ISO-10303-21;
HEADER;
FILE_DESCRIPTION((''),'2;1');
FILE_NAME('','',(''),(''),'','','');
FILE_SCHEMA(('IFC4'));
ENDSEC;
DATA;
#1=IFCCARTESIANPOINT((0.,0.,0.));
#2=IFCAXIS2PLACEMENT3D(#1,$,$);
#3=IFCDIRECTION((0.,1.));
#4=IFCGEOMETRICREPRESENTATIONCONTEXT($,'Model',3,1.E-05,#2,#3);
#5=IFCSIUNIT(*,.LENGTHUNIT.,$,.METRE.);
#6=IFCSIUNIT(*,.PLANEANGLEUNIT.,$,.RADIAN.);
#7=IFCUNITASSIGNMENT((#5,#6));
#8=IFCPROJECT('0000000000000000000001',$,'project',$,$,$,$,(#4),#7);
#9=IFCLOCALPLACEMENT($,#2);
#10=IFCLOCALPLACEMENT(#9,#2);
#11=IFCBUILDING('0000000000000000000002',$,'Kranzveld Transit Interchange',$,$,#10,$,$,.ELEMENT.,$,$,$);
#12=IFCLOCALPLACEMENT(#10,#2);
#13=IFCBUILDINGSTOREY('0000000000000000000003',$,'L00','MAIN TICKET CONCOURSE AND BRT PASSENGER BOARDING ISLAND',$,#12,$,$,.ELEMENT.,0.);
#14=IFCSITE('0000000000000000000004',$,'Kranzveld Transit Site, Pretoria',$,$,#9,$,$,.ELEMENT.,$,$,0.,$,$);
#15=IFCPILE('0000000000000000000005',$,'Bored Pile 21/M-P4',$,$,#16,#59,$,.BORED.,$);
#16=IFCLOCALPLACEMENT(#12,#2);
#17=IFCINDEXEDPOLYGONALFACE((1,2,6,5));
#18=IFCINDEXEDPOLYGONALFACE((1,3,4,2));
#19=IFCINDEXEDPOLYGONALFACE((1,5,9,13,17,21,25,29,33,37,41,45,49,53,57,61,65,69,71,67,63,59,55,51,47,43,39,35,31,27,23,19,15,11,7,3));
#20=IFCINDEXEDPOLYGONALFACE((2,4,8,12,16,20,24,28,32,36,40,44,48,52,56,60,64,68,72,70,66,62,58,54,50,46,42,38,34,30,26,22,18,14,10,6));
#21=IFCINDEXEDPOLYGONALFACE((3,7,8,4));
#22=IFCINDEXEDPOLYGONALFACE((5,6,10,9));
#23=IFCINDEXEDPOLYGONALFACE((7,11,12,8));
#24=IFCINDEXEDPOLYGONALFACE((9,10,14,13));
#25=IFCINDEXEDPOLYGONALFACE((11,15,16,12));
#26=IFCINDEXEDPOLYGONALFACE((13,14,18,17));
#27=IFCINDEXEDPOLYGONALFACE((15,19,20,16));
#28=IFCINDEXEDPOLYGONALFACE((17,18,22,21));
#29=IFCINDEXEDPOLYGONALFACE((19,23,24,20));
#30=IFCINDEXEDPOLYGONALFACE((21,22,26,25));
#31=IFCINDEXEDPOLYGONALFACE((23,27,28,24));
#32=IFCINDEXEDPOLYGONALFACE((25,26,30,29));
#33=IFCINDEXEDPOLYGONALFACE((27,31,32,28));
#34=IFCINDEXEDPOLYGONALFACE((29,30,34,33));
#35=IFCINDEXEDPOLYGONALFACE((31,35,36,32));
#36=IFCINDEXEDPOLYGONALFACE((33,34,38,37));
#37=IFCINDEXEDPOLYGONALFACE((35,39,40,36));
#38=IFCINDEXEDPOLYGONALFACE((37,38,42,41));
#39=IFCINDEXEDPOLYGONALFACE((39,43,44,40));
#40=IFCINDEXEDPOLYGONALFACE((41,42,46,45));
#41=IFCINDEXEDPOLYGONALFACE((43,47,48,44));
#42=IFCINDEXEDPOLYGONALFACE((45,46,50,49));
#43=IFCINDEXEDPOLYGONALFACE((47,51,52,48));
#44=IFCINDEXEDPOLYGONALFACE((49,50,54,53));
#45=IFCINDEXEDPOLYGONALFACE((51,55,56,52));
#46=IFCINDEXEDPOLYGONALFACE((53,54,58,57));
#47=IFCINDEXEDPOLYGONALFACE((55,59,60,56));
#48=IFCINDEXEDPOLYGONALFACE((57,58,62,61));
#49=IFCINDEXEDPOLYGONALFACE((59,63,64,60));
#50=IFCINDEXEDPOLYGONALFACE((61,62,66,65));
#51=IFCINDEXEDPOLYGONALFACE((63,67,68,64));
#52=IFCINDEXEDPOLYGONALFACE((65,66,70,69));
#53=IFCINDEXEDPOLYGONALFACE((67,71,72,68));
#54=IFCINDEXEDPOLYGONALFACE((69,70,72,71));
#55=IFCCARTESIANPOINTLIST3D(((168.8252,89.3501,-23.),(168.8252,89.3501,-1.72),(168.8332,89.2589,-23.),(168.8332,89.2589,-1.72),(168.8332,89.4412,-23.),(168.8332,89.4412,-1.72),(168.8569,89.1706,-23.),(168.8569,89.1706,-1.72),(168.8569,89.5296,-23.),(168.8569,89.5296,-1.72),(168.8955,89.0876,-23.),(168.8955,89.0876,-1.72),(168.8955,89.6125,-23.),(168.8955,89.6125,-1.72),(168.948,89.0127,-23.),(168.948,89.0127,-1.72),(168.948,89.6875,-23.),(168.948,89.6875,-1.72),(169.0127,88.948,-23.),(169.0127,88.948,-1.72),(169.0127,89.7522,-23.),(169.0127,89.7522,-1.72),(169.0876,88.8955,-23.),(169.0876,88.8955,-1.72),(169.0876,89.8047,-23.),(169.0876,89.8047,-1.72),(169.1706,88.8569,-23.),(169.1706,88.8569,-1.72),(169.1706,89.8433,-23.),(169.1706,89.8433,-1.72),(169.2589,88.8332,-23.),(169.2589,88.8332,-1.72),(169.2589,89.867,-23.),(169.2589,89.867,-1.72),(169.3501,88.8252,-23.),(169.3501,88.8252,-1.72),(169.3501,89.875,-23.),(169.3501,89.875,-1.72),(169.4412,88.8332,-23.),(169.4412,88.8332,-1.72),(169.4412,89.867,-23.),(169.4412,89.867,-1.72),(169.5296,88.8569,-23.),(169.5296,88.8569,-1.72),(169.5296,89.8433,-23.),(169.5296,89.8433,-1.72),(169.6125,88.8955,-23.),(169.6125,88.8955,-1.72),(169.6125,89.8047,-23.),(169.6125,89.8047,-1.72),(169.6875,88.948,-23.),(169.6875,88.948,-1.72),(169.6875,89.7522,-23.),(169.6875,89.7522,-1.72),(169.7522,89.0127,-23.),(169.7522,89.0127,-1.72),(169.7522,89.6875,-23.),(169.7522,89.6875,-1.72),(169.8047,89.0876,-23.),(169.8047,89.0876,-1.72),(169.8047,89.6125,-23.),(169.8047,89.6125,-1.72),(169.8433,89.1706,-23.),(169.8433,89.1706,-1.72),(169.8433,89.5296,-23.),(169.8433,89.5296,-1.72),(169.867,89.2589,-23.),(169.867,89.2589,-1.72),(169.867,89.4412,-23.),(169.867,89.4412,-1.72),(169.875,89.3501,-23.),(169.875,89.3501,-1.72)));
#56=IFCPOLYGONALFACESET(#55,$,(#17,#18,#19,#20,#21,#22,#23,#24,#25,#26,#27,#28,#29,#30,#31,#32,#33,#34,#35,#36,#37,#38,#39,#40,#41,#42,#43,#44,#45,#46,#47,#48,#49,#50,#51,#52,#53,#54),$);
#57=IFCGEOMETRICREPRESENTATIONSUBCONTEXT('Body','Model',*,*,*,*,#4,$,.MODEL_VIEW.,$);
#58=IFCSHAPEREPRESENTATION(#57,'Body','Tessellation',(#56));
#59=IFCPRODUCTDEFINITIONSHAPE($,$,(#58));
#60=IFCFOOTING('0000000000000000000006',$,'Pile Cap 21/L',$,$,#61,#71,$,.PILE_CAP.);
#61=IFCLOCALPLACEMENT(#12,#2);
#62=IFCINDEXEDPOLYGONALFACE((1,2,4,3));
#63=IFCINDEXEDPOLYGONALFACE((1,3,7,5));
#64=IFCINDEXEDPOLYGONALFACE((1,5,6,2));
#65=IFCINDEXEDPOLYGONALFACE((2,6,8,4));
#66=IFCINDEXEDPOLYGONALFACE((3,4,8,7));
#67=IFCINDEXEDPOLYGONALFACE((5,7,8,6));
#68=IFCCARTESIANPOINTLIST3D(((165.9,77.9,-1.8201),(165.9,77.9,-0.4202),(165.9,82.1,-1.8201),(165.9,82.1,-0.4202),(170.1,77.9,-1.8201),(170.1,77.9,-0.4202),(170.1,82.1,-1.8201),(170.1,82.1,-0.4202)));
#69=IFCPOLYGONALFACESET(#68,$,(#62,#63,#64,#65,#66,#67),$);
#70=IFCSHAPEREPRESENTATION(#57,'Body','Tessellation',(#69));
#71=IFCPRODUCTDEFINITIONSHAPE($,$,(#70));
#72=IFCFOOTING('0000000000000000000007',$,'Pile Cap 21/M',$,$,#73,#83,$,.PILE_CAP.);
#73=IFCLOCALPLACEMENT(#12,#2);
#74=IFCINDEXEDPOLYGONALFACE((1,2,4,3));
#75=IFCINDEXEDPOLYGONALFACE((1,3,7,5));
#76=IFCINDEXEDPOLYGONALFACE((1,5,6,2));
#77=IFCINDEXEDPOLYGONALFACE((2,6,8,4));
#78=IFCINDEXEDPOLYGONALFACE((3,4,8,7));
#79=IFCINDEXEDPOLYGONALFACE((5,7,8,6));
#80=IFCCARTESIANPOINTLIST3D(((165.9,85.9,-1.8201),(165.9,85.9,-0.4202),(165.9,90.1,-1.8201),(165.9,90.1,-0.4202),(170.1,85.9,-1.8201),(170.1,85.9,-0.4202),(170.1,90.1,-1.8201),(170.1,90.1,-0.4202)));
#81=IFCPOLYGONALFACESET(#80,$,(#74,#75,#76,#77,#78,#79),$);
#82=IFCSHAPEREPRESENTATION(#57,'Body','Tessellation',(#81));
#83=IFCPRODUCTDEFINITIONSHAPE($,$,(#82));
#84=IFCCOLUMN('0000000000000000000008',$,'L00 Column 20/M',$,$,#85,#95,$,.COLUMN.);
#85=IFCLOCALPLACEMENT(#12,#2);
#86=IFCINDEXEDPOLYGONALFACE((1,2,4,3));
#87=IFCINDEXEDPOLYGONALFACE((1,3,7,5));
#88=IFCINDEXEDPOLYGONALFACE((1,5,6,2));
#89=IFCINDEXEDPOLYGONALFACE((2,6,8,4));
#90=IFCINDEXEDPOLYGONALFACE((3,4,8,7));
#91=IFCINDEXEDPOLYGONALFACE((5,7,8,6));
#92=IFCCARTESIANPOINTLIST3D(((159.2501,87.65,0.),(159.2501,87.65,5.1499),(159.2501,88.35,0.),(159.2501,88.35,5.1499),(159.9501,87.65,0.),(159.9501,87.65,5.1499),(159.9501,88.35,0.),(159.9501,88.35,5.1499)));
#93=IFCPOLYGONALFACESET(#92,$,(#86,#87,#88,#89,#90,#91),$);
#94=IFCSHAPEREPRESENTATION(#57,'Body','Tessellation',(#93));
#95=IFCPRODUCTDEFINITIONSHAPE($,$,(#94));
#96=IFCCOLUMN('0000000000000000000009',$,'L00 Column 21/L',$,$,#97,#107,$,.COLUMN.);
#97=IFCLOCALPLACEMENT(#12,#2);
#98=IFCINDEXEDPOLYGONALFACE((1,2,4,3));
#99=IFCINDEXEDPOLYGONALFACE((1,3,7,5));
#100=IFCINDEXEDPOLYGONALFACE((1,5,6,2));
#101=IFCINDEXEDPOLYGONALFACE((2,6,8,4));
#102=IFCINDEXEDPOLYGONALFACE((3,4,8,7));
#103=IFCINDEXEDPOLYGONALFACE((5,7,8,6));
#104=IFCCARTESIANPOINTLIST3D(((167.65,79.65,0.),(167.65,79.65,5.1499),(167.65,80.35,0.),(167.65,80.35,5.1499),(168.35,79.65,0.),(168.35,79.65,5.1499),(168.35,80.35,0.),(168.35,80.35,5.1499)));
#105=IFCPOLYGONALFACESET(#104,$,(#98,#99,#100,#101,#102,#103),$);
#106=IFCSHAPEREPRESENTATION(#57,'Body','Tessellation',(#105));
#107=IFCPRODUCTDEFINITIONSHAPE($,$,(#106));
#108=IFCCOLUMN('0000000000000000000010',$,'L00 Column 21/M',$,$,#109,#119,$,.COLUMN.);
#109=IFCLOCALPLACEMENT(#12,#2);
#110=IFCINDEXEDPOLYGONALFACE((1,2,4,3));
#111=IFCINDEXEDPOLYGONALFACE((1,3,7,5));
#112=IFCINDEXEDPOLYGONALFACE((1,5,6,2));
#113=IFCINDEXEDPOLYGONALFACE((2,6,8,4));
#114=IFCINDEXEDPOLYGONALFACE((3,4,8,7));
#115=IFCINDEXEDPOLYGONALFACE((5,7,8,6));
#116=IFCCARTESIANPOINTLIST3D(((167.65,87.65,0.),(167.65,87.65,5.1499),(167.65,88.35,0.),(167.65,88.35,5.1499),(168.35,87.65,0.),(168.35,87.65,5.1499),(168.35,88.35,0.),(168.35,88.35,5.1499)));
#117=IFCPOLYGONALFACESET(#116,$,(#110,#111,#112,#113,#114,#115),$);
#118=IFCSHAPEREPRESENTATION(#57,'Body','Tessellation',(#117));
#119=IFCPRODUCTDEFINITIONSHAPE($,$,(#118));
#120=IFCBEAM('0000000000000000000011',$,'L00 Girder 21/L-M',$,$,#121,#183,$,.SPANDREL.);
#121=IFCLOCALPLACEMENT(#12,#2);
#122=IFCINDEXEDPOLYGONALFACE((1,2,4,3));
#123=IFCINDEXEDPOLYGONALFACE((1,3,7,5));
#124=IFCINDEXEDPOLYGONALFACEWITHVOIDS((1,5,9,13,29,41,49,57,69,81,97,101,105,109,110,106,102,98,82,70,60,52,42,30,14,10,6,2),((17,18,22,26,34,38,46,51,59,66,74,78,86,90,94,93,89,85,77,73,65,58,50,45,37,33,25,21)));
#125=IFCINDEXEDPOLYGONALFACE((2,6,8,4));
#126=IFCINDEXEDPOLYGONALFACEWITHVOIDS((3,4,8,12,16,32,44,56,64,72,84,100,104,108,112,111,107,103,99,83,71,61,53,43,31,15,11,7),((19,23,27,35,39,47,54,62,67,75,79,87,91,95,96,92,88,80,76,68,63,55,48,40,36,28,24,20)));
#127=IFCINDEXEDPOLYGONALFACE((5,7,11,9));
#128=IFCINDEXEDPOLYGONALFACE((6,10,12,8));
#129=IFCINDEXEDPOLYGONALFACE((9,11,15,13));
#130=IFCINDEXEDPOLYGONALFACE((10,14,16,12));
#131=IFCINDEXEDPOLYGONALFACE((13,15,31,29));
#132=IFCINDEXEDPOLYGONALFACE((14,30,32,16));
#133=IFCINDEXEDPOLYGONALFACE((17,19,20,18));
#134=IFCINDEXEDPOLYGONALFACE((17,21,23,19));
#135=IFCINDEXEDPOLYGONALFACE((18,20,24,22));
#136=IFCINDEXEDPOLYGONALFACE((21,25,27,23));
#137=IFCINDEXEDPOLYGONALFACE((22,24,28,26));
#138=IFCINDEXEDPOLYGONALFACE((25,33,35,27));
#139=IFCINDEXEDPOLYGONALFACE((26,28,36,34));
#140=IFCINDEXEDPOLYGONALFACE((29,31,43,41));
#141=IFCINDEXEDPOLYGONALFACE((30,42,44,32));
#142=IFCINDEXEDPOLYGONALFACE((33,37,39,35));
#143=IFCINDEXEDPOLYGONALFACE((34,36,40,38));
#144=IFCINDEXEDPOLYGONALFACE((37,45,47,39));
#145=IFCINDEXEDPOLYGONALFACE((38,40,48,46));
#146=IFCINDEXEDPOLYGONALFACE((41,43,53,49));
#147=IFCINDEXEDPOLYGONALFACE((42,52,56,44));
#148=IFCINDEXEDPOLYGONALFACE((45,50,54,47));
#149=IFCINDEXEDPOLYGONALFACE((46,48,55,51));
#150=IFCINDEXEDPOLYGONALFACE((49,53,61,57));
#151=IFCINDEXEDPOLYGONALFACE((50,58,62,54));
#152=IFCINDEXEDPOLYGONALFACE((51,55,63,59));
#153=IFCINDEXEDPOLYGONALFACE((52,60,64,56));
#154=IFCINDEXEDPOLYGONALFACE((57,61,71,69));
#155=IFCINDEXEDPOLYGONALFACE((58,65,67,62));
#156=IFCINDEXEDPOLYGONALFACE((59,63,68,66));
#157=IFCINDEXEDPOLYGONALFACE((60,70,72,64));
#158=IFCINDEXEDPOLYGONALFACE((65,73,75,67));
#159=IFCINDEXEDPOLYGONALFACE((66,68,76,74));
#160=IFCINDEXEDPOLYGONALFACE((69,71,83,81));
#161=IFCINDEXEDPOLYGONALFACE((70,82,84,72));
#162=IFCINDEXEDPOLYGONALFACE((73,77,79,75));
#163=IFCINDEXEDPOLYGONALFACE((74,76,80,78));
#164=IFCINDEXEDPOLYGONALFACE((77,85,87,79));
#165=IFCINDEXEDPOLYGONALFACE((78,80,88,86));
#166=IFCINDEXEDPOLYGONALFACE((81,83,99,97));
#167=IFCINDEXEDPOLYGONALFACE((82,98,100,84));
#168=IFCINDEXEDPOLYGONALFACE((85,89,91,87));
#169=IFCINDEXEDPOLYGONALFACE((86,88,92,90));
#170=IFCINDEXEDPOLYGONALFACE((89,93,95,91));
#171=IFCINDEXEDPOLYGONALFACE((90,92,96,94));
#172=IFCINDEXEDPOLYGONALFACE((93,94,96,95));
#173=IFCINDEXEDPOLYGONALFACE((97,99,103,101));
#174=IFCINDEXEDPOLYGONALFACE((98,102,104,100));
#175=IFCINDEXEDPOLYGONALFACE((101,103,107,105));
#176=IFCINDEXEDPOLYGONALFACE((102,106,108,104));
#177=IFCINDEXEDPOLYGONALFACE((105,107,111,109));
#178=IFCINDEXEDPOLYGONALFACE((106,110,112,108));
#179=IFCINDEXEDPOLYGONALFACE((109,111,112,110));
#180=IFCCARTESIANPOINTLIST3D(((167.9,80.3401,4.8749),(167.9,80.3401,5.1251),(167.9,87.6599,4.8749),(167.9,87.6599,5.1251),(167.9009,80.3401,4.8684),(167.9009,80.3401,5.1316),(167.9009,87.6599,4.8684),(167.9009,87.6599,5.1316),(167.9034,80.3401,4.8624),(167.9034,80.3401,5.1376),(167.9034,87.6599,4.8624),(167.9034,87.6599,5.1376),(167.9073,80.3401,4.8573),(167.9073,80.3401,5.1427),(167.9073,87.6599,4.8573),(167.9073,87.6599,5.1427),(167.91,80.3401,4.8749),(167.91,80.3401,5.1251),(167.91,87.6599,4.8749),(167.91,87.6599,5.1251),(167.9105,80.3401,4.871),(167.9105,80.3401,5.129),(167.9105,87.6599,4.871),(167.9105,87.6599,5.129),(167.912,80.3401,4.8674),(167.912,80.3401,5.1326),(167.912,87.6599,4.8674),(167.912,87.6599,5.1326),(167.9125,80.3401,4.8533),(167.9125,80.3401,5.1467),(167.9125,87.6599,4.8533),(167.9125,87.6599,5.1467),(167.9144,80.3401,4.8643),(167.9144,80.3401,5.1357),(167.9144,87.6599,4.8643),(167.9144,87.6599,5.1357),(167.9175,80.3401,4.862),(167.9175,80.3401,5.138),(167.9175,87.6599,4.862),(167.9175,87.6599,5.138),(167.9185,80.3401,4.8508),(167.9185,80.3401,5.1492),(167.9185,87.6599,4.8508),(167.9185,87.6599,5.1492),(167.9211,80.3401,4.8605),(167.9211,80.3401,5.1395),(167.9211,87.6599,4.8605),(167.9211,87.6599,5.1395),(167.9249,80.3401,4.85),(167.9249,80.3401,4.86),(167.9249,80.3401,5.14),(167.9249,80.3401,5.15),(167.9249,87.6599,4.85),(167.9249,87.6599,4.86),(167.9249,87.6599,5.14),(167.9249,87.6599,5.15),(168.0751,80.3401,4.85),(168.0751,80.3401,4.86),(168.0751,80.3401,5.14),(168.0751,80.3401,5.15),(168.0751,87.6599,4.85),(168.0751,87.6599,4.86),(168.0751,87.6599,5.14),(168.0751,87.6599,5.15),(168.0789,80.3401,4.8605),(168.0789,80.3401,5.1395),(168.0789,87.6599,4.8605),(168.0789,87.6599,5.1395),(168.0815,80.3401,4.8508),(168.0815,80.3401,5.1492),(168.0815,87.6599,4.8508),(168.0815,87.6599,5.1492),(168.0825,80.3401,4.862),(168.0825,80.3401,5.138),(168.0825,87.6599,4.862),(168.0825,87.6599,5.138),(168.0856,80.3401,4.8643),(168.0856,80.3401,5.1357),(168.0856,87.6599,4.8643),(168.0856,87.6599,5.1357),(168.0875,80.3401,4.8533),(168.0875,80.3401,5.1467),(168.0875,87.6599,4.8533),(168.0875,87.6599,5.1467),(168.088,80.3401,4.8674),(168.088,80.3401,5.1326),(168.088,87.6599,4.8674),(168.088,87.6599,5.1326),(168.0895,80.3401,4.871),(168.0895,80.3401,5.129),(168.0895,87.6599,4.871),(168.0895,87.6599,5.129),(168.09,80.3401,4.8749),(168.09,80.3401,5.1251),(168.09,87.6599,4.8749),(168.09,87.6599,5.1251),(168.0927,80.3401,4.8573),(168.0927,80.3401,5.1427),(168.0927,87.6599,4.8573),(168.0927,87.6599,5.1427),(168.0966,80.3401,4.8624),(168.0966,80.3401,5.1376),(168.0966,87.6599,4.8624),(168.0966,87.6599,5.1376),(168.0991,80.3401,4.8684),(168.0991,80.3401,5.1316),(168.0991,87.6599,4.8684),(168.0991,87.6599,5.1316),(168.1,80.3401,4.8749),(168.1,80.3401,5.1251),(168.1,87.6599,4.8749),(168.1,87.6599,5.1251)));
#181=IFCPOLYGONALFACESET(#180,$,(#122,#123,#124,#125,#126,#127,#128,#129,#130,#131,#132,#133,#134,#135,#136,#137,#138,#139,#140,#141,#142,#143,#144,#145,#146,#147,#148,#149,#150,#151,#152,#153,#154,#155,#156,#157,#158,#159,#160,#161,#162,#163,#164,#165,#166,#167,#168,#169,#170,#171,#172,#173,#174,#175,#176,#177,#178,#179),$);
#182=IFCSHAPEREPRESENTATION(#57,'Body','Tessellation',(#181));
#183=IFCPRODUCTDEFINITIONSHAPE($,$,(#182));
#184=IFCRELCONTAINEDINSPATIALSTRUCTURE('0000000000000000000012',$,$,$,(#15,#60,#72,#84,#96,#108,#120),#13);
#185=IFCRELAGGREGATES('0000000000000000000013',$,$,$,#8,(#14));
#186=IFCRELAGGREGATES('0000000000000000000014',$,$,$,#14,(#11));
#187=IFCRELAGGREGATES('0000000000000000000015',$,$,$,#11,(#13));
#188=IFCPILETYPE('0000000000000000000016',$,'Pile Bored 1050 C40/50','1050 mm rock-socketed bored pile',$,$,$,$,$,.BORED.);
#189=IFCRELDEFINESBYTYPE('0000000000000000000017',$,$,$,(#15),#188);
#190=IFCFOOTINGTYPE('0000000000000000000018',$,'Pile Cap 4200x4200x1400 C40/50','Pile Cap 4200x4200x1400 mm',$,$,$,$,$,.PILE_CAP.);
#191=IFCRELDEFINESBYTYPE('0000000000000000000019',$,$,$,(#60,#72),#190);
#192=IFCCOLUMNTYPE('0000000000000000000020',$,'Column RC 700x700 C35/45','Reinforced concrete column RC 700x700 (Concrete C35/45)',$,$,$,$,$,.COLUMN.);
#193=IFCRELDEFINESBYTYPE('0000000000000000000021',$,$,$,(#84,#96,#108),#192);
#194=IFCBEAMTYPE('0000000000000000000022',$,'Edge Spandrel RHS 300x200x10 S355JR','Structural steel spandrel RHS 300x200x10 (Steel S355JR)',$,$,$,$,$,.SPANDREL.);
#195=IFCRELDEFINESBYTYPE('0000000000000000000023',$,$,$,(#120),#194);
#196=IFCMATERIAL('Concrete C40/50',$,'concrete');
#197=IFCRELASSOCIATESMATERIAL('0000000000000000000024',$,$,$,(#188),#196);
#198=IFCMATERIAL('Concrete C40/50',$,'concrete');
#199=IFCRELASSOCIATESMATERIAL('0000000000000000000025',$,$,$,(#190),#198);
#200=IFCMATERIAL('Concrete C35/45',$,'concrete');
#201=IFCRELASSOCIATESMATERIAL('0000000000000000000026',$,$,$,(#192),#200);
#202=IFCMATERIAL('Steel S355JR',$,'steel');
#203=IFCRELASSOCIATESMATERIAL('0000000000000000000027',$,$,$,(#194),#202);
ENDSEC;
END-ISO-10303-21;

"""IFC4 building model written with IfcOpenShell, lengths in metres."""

from ifc_helpers import new_model, si_unit, direction, frame, origin, origin_2d, place, context, subcontext, project, spatial, rectangle, hollow_rectangle, circle, extrude, material, material_profile, profile_set, type_object, element, save


model = new_model("IFC4")

# Units and contexts
model_context = context("Model", 3, precision=1e-05, world=origin(), true_north=direction((0.0, 1.0)))
body_context = subcontext(model_context, "Body", "Model", "MODEL_VIEW")
ifc_project = project(units=[si_unit("LENGTHUNIT", "METRE"), si_unit("PLANEANGLEUNIT", "RADIAN")], contexts=[model_context])

# Site, building, storey
site_placement = place(None, origin())
site = spatial("IfcSite", under=ifc_project, at=site_placement, Name="Kranzveld Transit Site, Pretoria", CompositionType="ELEMENT", RefElevation=0.0)
building_placement = place(site_placement, origin())
building = spatial("IfcBuilding", under=site, at=building_placement, Name="Kranzveld Transit Interchange", CompositionType="ELEMENT")
storey_placement = place(building_placement, origin())
storey = spatial("IfcBuildingStorey", under=building, at=storey_placement, Name="L00", Description="MAIN TICKET CONCOURSE AND BRT PASSENGER BOARDING ISLAND", CompositionType="ELEMENT", Elevation=0.0)

# Pile
ifc_material_1 = material(Name="Concrete C40/50", Category="concrete")
ifc_material_profile_1 = material_profile(ifc_material_1, circle(Radius=0.5249, at=origin_2d()), Name="BORED PILE 1050")
ifc_profile_set_1 = profile_set([ifc_material_profile_1], Name="Concrete C40/50")
pile_type = type_object("IfcPileType", Name="Pile Bored 1050 C40/50", Description="1050 mm rock-socketed bored pile", PredefinedType="BORED", material=ifc_profile_set_1)
for number, where, z_axis, x_axis, name in (
    (1, (169.3501, 89.3501, -1.72), (0.0, 0.0, -1.0), (1.0, 0.0, 0.0), "Bored Pile 21/M-P4"),
):
    element("IfcPile", number, at=place(storey_placement, frame(where, z_axis=z_axis, x_axis=x_axis)), inside=storey, type_object=pile_type, Name=name, PredefinedType="BORED", context=body_context, shape_type="SweptSolid", body=[
        extrude(circle(Radius=0.5249, at=origin_2d()), origin(), (0.0, 0.0, 1.0), 21.28),
    ])

# Footings
ifc_material_2 = material(Name="Concrete C40/50", Category="concrete")
footing_type = type_object("IfcFootingType", Name="Pile Cap 4200x4200x1400 C40/50", Description="Pile Cap 4200x4200x1400 mm", PredefinedType="PILE_CAP", material=ifc_material_2)
for number, where, z_axis, x_axis, name in (
    (2, (168.0, 80.0, -1.8201), (0.0, 0.0, 1.0), (1.0, 0.0, 0.0), "Pile Cap 21/L"),
    (3, (168.0, 88.0, -1.8201), (0.0, 0.0, 1.0), (1.0, 0.0, 0.0), "Pile Cap 21/M"),
):
    element("IfcFooting", number, at=place(storey_placement, frame(where, z_axis=z_axis, x_axis=x_axis)), inside=storey, type_object=footing_type, Name=name, PredefinedType="PILE_CAP", context=body_context, shape_type="SweptSolid", body=[
        extrude(rectangle(XDim=4.2, YDim=4.2, at=origin_2d()), origin(), (0.0, 0.0, 1.0), 1.3999),
    ])

# Columns
ifc_material_3 = material(Name="Concrete C35/45", Category="concrete")
ifc_material_profile_2 = material_profile(ifc_material_3, rectangle(XDim=0.7, YDim=0.7, at=origin_2d()), Name="RC 700x700")
ifc_profile_set_2 = profile_set([ifc_material_profile_2], Name="Concrete C35/45")
column_type = type_object("IfcColumnType", Name="Column RC 700x700 C35/45", Description="Reinforced concrete column RC 700x700 (Concrete C35/45)", PredefinedType="COLUMN", material=ifc_profile_set_2)
for number, where, z_axis, x_axis, name in (
    (4, (159.6001, 88.0, 0.0), (0.0, 0.0, 1.0), (1.0, 0.0, 0.0), "L00 Column 20/M"),
    (5, (168.0, 80.0, 0.0), (0.0, 0.0, 1.0), (1.0, 0.0, 0.0), "L00 Column 21/L"),
    (6, (168.0, 88.0, 0.0), (0.0, 0.0, 1.0), (1.0, 0.0, 0.0), "L00 Column 21/M"),
):
    element("IfcColumn", number, at=place(storey_placement, frame(where, z_axis=z_axis, x_axis=x_axis)), inside=storey, type_object=column_type, Name=name, PredefinedType="COLUMN", context=body_context, shape_type="SweptSolid", body=[
        extrude(rectangle(XDim=0.7, YDim=0.7, at=origin_2d()), origin(), (0.0, 0.0, 1.0), 5.1499),
    ])

# Beam
ifc_material_4 = material(Name="Steel S355JR", Category="steel")
ifc_material_profile_3 = material_profile(ifc_material_4, hollow_rectangle(XDim=0.2, YDim=0.3, WallThickness=0.01, InnerFilletRadius=0.0149, OuterFilletRadius=0.0249, at=origin_2d()), Name="RHS 300x200x10")
ifc_profile_set_3 = profile_set([ifc_material_profile_3], Name="Steel S355JR")
beam_type_1 = type_object("IfcBeamType", Name="Edge Spandrel RHS 300x200x10 S355JR", Description="Structural steel spandrel RHS 300x200x10 (Steel S355JR)", PredefinedType="SPANDREL", material=ifc_profile_set_3)
for number, where, z_axis, x_axis, name in (
    (7, (168.0, 80.3401, 5.0), (0.0, 1.0, 0.0), (-1.0, 0.0, 0.0), "L00 Girder 21/L-M"),
):
    element("IfcBeam", number, at=place(storey_placement, frame(where, z_axis=z_axis, x_axis=x_axis)), inside=storey, type_object=beam_type_1, Name=name, PredefinedType="SPANDREL", context=body_context, shape_type="SweptSolid", body=[
        extrude(hollow_rectangle(XDim=0.2, YDim=0.3, WallThickness=0.01, InnerFilletRadius=0.0149, OuterFilletRadius=0.0249, at=origin_2d()), origin(), (0.0, 0.0, 1.0), 7.3198),
    ])

save(model, "model.ifc")
